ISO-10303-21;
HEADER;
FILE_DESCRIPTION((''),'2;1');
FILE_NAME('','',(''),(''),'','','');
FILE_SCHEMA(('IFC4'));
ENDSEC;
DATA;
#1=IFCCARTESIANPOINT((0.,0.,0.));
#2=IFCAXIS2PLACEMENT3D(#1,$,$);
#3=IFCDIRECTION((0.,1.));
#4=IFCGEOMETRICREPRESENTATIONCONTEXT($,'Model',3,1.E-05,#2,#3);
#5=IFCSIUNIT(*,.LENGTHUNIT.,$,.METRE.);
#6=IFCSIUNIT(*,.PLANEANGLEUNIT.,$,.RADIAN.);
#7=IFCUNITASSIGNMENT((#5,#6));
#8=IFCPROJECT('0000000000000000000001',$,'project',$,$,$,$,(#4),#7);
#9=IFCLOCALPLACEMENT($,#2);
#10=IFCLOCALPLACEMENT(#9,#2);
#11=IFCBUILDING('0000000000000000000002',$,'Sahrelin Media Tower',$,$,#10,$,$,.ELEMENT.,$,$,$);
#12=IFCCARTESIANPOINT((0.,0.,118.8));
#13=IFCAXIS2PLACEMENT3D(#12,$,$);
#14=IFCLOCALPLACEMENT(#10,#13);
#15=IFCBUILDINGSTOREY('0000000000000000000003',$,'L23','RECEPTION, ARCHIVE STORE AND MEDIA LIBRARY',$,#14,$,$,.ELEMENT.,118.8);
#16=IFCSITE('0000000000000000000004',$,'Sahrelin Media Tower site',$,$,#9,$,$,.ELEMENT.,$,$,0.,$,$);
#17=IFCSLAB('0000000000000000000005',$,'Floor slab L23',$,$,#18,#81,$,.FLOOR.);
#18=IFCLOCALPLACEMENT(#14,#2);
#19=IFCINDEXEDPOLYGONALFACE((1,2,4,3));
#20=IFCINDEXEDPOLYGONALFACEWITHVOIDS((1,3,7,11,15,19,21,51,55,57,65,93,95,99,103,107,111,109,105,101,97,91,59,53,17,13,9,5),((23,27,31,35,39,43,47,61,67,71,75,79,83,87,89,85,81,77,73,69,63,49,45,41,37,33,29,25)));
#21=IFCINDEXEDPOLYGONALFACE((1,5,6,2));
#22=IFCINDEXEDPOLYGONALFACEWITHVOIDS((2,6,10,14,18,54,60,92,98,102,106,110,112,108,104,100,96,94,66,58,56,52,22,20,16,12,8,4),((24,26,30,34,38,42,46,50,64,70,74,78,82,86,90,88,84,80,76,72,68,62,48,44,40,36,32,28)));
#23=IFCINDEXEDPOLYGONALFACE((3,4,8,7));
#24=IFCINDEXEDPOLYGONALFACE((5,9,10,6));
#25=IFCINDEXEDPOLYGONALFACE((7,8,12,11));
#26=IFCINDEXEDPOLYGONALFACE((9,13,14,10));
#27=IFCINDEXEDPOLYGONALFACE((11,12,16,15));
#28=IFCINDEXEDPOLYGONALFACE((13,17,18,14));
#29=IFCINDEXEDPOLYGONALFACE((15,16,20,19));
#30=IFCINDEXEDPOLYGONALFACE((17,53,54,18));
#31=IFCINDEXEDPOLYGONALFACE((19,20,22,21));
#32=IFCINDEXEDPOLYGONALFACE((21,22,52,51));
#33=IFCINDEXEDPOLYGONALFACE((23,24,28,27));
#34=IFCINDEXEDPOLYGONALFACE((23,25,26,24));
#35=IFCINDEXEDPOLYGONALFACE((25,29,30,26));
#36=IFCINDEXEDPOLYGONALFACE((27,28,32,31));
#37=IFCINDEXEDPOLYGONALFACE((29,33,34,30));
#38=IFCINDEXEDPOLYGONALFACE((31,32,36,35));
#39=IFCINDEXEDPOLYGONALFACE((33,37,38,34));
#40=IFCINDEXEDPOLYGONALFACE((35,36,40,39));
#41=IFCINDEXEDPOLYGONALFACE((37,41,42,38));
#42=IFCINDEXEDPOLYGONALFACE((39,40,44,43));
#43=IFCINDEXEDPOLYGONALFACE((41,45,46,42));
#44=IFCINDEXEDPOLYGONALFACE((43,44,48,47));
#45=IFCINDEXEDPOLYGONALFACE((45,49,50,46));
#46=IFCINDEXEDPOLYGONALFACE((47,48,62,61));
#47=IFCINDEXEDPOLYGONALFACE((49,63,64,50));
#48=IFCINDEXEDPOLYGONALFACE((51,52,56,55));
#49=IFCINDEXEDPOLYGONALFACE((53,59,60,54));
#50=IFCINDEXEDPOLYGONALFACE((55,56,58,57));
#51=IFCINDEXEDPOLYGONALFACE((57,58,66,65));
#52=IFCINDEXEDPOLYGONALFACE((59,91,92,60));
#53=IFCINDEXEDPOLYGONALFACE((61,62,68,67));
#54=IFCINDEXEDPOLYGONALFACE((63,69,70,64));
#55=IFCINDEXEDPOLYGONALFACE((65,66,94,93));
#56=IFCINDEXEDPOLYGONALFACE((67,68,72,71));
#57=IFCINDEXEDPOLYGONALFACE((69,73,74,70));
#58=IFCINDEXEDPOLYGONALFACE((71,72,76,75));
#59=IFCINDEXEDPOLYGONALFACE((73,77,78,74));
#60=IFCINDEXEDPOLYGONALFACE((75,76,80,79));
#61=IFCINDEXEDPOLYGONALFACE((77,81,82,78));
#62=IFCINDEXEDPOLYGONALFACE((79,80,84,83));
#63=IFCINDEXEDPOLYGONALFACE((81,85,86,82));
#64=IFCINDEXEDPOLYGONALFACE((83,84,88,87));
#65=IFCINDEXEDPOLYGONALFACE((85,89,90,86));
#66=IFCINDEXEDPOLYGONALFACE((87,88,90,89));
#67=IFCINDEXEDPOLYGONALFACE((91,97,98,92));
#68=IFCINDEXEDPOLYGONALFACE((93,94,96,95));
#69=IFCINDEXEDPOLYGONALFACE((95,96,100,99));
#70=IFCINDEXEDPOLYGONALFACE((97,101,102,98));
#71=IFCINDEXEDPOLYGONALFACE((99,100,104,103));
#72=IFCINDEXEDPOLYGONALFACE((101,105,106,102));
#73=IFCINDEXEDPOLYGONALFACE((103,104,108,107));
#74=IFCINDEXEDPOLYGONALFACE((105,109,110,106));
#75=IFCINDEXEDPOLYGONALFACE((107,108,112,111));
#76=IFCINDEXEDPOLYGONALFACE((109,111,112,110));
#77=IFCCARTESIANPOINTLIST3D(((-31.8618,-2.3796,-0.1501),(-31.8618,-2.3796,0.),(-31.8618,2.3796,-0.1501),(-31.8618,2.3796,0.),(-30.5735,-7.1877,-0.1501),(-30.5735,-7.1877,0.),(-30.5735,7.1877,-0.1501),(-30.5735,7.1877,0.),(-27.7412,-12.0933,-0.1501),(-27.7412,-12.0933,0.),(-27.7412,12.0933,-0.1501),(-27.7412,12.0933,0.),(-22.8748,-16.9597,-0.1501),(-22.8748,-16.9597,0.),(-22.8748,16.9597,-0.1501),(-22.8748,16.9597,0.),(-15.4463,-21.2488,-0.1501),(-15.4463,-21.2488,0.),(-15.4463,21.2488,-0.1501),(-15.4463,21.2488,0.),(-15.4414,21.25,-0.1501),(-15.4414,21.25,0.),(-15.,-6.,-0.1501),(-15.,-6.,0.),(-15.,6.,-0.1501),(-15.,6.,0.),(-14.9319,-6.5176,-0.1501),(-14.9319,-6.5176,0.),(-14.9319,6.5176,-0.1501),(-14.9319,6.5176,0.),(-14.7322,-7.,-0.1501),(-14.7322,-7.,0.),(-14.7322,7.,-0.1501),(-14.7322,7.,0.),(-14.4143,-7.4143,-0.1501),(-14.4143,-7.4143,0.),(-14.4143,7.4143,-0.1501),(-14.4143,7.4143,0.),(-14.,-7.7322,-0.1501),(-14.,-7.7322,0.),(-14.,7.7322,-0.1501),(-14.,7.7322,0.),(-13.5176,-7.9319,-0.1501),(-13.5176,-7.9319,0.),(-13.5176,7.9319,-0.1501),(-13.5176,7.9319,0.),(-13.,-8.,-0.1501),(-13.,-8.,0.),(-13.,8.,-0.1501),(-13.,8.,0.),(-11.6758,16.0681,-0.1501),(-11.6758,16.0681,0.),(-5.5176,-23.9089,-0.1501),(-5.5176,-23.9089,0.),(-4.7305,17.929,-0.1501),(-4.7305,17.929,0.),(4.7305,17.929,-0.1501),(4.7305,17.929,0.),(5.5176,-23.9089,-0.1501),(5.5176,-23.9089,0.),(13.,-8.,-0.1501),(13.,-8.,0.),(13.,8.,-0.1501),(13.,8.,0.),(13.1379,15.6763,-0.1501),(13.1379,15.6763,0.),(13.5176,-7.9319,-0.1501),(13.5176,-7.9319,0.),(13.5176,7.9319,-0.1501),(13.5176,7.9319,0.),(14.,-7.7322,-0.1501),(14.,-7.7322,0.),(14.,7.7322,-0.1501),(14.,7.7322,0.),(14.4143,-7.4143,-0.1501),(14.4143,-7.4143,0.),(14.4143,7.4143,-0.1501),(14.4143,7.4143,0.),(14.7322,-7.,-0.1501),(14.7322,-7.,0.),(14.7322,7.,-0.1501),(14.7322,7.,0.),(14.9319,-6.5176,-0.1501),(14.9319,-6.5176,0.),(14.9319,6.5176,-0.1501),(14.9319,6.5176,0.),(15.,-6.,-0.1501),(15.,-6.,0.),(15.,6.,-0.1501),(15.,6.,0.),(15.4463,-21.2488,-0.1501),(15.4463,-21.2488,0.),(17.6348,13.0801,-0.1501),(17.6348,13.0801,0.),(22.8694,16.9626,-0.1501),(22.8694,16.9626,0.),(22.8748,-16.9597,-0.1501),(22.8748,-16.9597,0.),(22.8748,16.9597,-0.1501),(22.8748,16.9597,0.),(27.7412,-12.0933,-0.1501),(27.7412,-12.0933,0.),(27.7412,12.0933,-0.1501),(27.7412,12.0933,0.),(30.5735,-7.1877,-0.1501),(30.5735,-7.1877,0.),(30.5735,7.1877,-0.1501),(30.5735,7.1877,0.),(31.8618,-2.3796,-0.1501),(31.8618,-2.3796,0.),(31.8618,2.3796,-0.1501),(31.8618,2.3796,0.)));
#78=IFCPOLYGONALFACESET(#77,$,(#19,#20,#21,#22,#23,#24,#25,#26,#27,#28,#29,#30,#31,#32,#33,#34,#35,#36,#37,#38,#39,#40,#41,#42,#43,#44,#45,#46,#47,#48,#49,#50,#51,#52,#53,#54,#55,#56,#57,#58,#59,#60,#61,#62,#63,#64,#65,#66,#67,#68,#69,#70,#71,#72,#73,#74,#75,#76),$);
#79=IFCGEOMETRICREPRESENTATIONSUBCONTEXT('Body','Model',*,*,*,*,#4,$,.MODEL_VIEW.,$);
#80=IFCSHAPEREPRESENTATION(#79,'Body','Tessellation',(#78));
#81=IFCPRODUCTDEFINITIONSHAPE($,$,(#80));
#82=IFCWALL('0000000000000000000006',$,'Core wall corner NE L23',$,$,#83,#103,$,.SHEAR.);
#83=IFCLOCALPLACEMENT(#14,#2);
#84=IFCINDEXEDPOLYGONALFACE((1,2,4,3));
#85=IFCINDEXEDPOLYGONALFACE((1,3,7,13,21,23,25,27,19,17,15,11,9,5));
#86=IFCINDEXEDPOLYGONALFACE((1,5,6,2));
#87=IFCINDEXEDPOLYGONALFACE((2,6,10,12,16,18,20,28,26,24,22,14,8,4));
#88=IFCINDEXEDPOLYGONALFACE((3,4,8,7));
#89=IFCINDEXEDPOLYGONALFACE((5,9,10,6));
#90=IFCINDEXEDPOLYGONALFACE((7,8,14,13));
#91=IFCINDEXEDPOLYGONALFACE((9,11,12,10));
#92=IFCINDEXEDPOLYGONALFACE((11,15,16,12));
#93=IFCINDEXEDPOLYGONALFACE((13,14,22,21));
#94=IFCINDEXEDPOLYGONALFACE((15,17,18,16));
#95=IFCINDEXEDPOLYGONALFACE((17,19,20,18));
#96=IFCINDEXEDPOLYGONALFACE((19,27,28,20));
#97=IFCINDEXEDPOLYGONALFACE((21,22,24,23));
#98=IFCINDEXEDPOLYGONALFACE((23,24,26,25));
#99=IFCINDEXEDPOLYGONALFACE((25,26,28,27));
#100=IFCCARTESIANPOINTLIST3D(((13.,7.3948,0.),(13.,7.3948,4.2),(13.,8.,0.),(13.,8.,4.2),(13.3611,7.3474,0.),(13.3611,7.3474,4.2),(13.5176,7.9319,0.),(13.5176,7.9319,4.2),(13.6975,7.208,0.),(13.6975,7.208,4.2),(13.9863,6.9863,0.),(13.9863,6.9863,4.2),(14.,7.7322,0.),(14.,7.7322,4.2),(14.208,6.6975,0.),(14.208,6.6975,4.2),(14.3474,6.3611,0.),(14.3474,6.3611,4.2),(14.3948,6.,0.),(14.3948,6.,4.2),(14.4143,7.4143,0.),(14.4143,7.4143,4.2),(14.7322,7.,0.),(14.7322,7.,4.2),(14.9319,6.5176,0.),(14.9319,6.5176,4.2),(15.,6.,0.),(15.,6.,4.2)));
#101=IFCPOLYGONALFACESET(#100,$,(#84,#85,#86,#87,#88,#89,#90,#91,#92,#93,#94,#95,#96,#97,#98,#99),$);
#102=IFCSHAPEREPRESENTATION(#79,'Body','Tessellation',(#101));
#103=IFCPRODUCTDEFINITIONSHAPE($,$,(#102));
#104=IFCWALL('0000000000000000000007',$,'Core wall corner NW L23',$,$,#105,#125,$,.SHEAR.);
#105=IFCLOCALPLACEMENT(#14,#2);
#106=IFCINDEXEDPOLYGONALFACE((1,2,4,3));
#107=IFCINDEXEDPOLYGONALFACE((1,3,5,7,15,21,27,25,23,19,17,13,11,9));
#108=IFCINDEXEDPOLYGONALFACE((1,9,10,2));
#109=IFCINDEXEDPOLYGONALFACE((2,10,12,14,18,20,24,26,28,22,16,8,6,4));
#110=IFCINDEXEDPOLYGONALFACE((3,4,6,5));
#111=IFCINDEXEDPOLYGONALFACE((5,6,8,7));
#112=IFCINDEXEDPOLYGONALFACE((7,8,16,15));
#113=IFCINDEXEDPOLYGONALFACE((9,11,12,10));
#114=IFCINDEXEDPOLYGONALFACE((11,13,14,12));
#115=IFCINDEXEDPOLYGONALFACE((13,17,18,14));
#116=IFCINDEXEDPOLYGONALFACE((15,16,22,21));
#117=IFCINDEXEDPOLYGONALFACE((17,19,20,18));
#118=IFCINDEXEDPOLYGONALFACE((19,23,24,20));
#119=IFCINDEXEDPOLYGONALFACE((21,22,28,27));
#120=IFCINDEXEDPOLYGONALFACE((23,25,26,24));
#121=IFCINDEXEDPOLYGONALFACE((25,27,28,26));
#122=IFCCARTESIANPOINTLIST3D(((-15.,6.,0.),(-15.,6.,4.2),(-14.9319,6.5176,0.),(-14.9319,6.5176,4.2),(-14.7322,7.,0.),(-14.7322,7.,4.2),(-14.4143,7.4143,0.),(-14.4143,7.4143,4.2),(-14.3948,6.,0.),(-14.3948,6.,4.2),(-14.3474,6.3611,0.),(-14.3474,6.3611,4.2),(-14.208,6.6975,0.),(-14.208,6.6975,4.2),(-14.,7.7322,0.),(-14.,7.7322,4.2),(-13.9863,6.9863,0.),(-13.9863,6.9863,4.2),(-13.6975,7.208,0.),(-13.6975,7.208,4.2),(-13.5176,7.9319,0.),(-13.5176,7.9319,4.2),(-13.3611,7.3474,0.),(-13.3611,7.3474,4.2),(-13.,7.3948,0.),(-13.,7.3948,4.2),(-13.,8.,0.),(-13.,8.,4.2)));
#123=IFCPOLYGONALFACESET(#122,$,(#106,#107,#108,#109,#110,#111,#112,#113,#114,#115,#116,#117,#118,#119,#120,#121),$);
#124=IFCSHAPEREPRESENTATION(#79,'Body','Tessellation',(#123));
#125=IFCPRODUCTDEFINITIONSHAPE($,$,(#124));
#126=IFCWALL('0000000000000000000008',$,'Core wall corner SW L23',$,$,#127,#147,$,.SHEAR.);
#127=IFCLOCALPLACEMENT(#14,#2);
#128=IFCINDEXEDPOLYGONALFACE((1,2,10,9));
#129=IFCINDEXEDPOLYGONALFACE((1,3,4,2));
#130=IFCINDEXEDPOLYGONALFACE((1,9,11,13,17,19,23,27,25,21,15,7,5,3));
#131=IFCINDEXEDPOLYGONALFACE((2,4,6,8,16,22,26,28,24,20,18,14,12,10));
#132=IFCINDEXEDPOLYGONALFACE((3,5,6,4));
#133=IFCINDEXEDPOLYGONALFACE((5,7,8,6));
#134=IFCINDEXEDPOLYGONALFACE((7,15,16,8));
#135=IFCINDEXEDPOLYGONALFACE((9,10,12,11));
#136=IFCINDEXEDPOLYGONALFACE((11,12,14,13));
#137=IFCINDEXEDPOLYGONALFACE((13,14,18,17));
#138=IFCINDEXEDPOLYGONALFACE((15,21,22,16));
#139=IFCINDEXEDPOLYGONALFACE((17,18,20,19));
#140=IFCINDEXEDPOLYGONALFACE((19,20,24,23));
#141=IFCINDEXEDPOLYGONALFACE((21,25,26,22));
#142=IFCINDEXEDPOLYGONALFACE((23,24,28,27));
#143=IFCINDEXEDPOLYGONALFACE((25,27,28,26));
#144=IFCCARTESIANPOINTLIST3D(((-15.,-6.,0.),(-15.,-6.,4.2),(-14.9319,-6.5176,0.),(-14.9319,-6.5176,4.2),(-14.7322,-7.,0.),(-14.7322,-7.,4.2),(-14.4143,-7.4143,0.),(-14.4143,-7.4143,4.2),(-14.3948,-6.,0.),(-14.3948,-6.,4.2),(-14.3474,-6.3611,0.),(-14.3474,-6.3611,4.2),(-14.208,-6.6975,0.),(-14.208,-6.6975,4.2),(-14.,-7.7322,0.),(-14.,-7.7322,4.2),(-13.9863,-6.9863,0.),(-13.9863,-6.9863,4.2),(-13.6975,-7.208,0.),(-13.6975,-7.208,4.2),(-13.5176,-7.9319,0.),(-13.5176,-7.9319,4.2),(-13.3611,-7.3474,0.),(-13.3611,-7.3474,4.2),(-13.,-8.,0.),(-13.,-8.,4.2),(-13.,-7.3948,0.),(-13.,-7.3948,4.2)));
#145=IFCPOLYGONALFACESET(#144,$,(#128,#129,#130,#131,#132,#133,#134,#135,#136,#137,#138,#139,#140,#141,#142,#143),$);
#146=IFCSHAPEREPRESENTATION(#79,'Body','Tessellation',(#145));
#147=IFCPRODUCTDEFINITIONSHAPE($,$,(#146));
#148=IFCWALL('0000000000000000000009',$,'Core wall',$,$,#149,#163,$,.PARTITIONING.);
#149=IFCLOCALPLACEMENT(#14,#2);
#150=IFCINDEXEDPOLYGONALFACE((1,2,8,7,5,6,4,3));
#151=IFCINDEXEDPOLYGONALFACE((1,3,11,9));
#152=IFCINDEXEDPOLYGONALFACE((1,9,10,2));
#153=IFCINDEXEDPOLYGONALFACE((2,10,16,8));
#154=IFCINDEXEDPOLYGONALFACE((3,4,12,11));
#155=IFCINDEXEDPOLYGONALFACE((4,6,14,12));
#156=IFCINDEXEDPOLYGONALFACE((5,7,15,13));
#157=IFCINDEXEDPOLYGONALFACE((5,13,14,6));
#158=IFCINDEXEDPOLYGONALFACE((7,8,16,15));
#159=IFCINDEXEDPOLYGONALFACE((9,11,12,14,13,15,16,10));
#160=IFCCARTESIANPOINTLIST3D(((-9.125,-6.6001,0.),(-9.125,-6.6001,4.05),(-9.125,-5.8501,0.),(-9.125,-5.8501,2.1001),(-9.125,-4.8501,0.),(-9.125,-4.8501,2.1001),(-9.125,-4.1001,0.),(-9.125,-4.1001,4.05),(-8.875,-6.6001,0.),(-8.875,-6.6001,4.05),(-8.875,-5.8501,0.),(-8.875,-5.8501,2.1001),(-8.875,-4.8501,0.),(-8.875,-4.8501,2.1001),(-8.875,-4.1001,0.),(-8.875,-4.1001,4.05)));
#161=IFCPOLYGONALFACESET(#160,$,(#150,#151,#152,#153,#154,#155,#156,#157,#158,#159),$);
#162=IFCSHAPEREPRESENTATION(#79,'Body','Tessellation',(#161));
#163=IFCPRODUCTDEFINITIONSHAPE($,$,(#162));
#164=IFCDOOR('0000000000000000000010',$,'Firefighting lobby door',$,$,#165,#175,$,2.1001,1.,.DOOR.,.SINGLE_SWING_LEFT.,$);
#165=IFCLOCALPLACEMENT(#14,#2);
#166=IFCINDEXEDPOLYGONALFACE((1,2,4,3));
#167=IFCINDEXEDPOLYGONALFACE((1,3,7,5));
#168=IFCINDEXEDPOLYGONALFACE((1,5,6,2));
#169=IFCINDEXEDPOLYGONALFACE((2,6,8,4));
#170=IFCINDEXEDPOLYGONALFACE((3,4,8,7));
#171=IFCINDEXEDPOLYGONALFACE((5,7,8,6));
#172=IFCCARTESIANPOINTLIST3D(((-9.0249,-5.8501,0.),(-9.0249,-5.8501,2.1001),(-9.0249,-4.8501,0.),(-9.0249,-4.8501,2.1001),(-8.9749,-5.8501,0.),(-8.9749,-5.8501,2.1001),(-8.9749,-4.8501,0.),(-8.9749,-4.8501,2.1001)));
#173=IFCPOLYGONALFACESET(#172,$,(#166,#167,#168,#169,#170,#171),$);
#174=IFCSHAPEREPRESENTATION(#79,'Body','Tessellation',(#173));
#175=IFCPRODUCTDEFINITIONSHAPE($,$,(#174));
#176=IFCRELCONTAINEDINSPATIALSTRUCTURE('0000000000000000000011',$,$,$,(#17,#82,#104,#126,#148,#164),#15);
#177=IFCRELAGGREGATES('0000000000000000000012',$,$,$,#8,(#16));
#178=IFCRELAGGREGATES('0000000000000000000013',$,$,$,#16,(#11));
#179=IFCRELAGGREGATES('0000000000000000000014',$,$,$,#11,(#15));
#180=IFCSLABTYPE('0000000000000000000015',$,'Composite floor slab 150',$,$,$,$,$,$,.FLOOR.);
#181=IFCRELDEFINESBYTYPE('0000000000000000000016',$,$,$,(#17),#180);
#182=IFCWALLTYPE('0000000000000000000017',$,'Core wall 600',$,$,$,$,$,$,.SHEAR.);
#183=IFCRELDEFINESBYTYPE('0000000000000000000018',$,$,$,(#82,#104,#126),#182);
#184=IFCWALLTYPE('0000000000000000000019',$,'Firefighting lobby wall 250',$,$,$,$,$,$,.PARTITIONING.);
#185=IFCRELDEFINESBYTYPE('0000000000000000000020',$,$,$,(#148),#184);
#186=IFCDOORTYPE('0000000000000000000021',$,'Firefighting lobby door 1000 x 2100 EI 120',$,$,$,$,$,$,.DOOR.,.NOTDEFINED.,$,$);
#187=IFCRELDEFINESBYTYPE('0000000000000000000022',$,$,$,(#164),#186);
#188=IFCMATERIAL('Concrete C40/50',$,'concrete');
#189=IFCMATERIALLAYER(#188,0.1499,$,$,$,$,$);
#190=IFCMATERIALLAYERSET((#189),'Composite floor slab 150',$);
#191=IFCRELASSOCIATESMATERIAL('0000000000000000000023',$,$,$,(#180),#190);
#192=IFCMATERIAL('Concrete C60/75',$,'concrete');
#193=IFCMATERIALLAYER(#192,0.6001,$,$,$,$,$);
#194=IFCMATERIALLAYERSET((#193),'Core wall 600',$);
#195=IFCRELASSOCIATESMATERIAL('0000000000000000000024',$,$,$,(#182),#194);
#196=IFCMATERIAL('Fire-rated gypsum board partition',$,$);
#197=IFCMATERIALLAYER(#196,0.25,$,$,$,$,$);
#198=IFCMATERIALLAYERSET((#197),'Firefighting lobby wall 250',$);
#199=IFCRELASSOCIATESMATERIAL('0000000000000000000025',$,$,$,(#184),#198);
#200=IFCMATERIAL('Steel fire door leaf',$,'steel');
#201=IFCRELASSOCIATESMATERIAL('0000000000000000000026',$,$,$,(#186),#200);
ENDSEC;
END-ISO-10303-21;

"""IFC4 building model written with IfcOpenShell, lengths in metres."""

from ifc_helpers import new_model, si_unit, direction, frame, frame_2d, origin, place, context, subcontext, project, spatial, polyline, rectangle, outline, extrude, material, layer, layer_set, type_object, element, fill, save


model = new_model("IFC4")

# Units and contexts
model_context = context("Model", 3, precision=1e-05, world=origin(), true_north=direction((0.0, 1.0)))
body_context = subcontext(model_context, "Body", "Model", "MODEL_VIEW")
ifc_project = project(units=[si_unit("LENGTHUNIT", "METRE"), si_unit("PLANEANGLEUNIT", "RADIAN")], contexts=[model_context])

# Site, building, storey
site_placement = place(None, origin())
site = spatial("IfcSite", under=ifc_project, at=site_placement, Name="Sahrelin Media Tower site", CompositionType="ELEMENT", RefElevation=0.0)
building_placement = place(site_placement, origin())
building = spatial("IfcBuilding", under=site, at=building_placement, Name="Sahrelin Media Tower", CompositionType="ELEMENT")
storey_placement = place(building_placement, frame((0.0, 0.0, 118.8)))
storey = spatial("IfcBuildingStorey", under=building, at=storey_placement, Name="L23", Description="RECEPTION, ARCHIVE STORE AND MEDIA LIBRARY", CompositionType="ELEMENT", Elevation=118.8)

# Slab
ifc_material_1 = material(Name="Concrete C40/50", Category="concrete")
ifc_layer_1 = layer(ifc_material_1, 0.1499)
ifc_layer_set_1 = layer_set([ifc_layer_1], Name="Composite floor slab 150")
slab_type = type_object("IfcSlabType", Name="Composite floor slab 150", PredefinedType="FLOOR", material=ifc_layer_set_1)
slab_placement = place(storey_placement, frame((0.0, 0.0, -0.1501)))
element("IfcSlab", 1, at=slab_placement, inside=storey, type_object=slab_type, Name="Floor slab L23", PredefinedType="FLOOR", context=body_context, shape_type="SweptSolid", body=[
    extrude(outline(polyline([(30.5735, -7.1877), (31.8618, -2.3796), (31.8618, 2.3796), (30.5735, 7.1877), (27.7412, 12.0933), (22.8748, 16.9597), (22.8694, 16.9626), (17.6348, 13.0801), (13.1379, 15.6763), (4.7305, 17.929), (-4.7305, 17.929), (-11.6758, 16.0681), (-15.4414, 21.25), (-15.4463, 21.2488), (-22.8748, 16.9597), (-27.7412, 12.0933), (-30.5735, 7.1877), (-31.8618, 2.3796), (-31.8618, -2.3796), (-30.5735, -7.1877), (-27.7412, -12.0933), (-22.8748, -16.9597), (-15.4463, -21.2488), (-5.5176, -23.9089), (5.5176, -23.9089), (15.4463, -21.2488), (22.8748, -16.9597), (27.7412, -12.0933), (30.5735, -7.1877)]), holes=[polyline([(14.7322, 7.0), (14.9319, 6.5176), (15.0, 6.0), (15.0, -6.0), (14.9319, -6.5176), (14.7322, -7.0), (14.4143, -7.4143), (14.0, -7.7322), (13.5176, -7.9319), (13.0, -8.0), (-13.0, -8.0), (-13.5176, -7.9319), (-14.0, -7.7322), (-14.4143, -7.4143), (-14.7322, -7.0), (-14.9319, -6.5176), (-15.0, -6.0), (-15.0, 6.0), (-14.9319, 6.5176), (-14.7322, 7.0), (-14.4143, 7.4143), (-14.0, 7.7322), (-13.5176, 7.9319), (-13.0, 8.0), (13.0, 8.0), (13.5176, 7.9319), (14.0, 7.7322), (14.4143, 7.4143), (14.7322, 7.0)])]), origin(), (0.0, 0.0, 1.0), 0.1501),
])

# Walls
ifc_material_2 = material(Name="Concrete C60/75", Category="concrete")
ifc_layer_2 = layer(ifc_material_2, 0.6001)
ifc_layer_set_2 = layer_set([ifc_layer_2], Name="Core wall 600")
wall_type_1 = type_object("IfcWallType", Name="Core wall 600", PredefinedType="SHEAR", material=ifc_layer_set_2)
placement = place(storey_placement, origin())
element("IfcWall", 2, at=placement, inside=storey, type_object=wall_type_1, Name="Core wall corner NE L23", PredefinedType="SHEAR", context=body_context, shape_type="SweptSolid", body=[
    extrude(outline(polyline([(13.0, 8.0), (13.0, 7.3948), (13.3611, 7.3474), (13.6975, 7.208), (13.9863, 6.9863), (14.208, 6.6975), (14.3474, 6.3611), (14.3948, 6.0), (15.0, 6.0), (14.9319, 6.5176), (14.7322, 7.0), (14.4143, 7.4143), (14.0, 7.7322), (13.5176, 7.9319), (13.0, 8.0)])), origin(), (0.0, 0.0, 1.0), 4.2),
])
element("IfcWall", 3, at=placement, inside=storey, type_object=wall_type_1, Name="Core wall corner NW L23", PredefinedType="SHEAR", context=body_context, shape_type="SweptSolid", body=[
    extrude(outline(polyline([(-15.0, 6.0), (-14.3948, 6.0), (-14.3474, 6.3611), (-14.208, 6.6975), (-13.9863, 6.9863), (-13.6975, 7.208), (-13.3611, 7.3474), (-13.0, 7.3948), (-13.0, 8.0), (-13.5176, 7.9319), (-14.0, 7.7322), (-14.4143, 7.4143), (-14.7322, 7.0), (-14.9319, 6.5176), (-15.0, 6.0)])), origin(), (0.0, 0.0, 1.0), 4.2),
])
element("IfcWall", 4, at=placement, inside=storey, type_object=wall_type_1, Name="Core wall corner SW L23", PredefinedType="SHEAR", context=body_context, shape_type="SweptSolid", body=[
    extrude(outline(polyline([(-13.0, -8.0), (-13.0, -7.3948), (-13.3611, -7.3474), (-13.6975, -7.208), (-13.9863, -6.9863), (-14.208, -6.6975), (-14.3474, -6.3611), (-14.3948, -6.0), (-15.0, -6.0), (-14.9319, -6.5176), (-14.7322, -7.0), (-14.4143, -7.4143), (-14.0, -7.7322), (-13.5176, -7.9319), (-13.0, -8.0)])), origin(), (0.0, 0.0, 1.0), 4.2),
])

# Wall, opening, door
ifc_material_3 = material(Name="Fire-rated gypsum board partition")
ifc_layer_3 = layer(ifc_material_3, 0.25)
ifc_layer_set_3 = layer_set([ifc_layer_3], Name="Firefighting lobby wall 250")
wall_type_2 = type_object("IfcWallType", Name="Firefighting lobby wall 250", PredefinedType="PARTITIONING", material=ifc_layer_set_3)
wall_1_placement = place(storey_placement, frame((-9.0, -6.6001, 0.0), z_axis=(0.0, 0.0, 1.0), x_axis=(0.0, 1.0, 0.0)))
wall_1 = element("IfcWall", 5, at=wall_1_placement, inside=storey, type_object=wall_type_2, Name="Core wall", PredefinedType="PARTITIONING", context=body_context, shape_type="SweptSolid", body=[
    extrude(rectangle(XDim=2.5, YDim=0.25, at=frame_2d((1.25, 0.0))), origin(), (0.0, 0.0, 1.0), 4.05),
])
opening_1_placement = place(wall_1_placement, frame((0.75, 0.0, 0.0)))
opening_1 = element("IfcOpeningElement", 6, at=opening_1_placement, cuts=wall_1, PredefinedType="OPENING", context=body_context, shape_type="SweptSolid", body=[
    extrude(rectangle(XDim=1.0, YDim=2.1001, at=frame_2d((0.5, 1.05))), frame((0.0, 0.125, 0.0), z_axis=(0.0, -1.0, 0.0), x_axis=(1.0, 0.0, 0.0)), (0.0, 0.0, 1.0), 0.25),
])
ifc_material_4 = material(Name="Steel fire door leaf", Category="steel")
door_type_1 = type_object("IfcDoorType", Name="Firefighting lobby door 1000 x 2100 EI 120", OperationType="NOTDEFINED", PredefinedType="DOOR", material=ifc_material_4)
door_1_placement = place(opening_1_placement, origin())
door_1 = element("IfcDoor", 7, at=door_1_placement, inside=storey, type_object=door_type_1, Name="Firefighting lobby door", OperationType="SINGLE_SWING_LEFT", OverallHeight=2.1001, OverallWidth=1.0, PredefinedType="DOOR", context=body_context, shape_type="SweptSolid", body=[
    extrude(rectangle(XDim=1.0, YDim=2.1001, at=frame_2d((0.5, 1.05))), frame((0.0, 0.0249, 0.0), z_axis=(0.0, -1.0, 0.0), x_axis=(1.0, 0.0, 0.0)), (0.0, 0.0, 1.0), 0.05),
])
fill(opening_1, door_1)

save(model, "model.ifc")
